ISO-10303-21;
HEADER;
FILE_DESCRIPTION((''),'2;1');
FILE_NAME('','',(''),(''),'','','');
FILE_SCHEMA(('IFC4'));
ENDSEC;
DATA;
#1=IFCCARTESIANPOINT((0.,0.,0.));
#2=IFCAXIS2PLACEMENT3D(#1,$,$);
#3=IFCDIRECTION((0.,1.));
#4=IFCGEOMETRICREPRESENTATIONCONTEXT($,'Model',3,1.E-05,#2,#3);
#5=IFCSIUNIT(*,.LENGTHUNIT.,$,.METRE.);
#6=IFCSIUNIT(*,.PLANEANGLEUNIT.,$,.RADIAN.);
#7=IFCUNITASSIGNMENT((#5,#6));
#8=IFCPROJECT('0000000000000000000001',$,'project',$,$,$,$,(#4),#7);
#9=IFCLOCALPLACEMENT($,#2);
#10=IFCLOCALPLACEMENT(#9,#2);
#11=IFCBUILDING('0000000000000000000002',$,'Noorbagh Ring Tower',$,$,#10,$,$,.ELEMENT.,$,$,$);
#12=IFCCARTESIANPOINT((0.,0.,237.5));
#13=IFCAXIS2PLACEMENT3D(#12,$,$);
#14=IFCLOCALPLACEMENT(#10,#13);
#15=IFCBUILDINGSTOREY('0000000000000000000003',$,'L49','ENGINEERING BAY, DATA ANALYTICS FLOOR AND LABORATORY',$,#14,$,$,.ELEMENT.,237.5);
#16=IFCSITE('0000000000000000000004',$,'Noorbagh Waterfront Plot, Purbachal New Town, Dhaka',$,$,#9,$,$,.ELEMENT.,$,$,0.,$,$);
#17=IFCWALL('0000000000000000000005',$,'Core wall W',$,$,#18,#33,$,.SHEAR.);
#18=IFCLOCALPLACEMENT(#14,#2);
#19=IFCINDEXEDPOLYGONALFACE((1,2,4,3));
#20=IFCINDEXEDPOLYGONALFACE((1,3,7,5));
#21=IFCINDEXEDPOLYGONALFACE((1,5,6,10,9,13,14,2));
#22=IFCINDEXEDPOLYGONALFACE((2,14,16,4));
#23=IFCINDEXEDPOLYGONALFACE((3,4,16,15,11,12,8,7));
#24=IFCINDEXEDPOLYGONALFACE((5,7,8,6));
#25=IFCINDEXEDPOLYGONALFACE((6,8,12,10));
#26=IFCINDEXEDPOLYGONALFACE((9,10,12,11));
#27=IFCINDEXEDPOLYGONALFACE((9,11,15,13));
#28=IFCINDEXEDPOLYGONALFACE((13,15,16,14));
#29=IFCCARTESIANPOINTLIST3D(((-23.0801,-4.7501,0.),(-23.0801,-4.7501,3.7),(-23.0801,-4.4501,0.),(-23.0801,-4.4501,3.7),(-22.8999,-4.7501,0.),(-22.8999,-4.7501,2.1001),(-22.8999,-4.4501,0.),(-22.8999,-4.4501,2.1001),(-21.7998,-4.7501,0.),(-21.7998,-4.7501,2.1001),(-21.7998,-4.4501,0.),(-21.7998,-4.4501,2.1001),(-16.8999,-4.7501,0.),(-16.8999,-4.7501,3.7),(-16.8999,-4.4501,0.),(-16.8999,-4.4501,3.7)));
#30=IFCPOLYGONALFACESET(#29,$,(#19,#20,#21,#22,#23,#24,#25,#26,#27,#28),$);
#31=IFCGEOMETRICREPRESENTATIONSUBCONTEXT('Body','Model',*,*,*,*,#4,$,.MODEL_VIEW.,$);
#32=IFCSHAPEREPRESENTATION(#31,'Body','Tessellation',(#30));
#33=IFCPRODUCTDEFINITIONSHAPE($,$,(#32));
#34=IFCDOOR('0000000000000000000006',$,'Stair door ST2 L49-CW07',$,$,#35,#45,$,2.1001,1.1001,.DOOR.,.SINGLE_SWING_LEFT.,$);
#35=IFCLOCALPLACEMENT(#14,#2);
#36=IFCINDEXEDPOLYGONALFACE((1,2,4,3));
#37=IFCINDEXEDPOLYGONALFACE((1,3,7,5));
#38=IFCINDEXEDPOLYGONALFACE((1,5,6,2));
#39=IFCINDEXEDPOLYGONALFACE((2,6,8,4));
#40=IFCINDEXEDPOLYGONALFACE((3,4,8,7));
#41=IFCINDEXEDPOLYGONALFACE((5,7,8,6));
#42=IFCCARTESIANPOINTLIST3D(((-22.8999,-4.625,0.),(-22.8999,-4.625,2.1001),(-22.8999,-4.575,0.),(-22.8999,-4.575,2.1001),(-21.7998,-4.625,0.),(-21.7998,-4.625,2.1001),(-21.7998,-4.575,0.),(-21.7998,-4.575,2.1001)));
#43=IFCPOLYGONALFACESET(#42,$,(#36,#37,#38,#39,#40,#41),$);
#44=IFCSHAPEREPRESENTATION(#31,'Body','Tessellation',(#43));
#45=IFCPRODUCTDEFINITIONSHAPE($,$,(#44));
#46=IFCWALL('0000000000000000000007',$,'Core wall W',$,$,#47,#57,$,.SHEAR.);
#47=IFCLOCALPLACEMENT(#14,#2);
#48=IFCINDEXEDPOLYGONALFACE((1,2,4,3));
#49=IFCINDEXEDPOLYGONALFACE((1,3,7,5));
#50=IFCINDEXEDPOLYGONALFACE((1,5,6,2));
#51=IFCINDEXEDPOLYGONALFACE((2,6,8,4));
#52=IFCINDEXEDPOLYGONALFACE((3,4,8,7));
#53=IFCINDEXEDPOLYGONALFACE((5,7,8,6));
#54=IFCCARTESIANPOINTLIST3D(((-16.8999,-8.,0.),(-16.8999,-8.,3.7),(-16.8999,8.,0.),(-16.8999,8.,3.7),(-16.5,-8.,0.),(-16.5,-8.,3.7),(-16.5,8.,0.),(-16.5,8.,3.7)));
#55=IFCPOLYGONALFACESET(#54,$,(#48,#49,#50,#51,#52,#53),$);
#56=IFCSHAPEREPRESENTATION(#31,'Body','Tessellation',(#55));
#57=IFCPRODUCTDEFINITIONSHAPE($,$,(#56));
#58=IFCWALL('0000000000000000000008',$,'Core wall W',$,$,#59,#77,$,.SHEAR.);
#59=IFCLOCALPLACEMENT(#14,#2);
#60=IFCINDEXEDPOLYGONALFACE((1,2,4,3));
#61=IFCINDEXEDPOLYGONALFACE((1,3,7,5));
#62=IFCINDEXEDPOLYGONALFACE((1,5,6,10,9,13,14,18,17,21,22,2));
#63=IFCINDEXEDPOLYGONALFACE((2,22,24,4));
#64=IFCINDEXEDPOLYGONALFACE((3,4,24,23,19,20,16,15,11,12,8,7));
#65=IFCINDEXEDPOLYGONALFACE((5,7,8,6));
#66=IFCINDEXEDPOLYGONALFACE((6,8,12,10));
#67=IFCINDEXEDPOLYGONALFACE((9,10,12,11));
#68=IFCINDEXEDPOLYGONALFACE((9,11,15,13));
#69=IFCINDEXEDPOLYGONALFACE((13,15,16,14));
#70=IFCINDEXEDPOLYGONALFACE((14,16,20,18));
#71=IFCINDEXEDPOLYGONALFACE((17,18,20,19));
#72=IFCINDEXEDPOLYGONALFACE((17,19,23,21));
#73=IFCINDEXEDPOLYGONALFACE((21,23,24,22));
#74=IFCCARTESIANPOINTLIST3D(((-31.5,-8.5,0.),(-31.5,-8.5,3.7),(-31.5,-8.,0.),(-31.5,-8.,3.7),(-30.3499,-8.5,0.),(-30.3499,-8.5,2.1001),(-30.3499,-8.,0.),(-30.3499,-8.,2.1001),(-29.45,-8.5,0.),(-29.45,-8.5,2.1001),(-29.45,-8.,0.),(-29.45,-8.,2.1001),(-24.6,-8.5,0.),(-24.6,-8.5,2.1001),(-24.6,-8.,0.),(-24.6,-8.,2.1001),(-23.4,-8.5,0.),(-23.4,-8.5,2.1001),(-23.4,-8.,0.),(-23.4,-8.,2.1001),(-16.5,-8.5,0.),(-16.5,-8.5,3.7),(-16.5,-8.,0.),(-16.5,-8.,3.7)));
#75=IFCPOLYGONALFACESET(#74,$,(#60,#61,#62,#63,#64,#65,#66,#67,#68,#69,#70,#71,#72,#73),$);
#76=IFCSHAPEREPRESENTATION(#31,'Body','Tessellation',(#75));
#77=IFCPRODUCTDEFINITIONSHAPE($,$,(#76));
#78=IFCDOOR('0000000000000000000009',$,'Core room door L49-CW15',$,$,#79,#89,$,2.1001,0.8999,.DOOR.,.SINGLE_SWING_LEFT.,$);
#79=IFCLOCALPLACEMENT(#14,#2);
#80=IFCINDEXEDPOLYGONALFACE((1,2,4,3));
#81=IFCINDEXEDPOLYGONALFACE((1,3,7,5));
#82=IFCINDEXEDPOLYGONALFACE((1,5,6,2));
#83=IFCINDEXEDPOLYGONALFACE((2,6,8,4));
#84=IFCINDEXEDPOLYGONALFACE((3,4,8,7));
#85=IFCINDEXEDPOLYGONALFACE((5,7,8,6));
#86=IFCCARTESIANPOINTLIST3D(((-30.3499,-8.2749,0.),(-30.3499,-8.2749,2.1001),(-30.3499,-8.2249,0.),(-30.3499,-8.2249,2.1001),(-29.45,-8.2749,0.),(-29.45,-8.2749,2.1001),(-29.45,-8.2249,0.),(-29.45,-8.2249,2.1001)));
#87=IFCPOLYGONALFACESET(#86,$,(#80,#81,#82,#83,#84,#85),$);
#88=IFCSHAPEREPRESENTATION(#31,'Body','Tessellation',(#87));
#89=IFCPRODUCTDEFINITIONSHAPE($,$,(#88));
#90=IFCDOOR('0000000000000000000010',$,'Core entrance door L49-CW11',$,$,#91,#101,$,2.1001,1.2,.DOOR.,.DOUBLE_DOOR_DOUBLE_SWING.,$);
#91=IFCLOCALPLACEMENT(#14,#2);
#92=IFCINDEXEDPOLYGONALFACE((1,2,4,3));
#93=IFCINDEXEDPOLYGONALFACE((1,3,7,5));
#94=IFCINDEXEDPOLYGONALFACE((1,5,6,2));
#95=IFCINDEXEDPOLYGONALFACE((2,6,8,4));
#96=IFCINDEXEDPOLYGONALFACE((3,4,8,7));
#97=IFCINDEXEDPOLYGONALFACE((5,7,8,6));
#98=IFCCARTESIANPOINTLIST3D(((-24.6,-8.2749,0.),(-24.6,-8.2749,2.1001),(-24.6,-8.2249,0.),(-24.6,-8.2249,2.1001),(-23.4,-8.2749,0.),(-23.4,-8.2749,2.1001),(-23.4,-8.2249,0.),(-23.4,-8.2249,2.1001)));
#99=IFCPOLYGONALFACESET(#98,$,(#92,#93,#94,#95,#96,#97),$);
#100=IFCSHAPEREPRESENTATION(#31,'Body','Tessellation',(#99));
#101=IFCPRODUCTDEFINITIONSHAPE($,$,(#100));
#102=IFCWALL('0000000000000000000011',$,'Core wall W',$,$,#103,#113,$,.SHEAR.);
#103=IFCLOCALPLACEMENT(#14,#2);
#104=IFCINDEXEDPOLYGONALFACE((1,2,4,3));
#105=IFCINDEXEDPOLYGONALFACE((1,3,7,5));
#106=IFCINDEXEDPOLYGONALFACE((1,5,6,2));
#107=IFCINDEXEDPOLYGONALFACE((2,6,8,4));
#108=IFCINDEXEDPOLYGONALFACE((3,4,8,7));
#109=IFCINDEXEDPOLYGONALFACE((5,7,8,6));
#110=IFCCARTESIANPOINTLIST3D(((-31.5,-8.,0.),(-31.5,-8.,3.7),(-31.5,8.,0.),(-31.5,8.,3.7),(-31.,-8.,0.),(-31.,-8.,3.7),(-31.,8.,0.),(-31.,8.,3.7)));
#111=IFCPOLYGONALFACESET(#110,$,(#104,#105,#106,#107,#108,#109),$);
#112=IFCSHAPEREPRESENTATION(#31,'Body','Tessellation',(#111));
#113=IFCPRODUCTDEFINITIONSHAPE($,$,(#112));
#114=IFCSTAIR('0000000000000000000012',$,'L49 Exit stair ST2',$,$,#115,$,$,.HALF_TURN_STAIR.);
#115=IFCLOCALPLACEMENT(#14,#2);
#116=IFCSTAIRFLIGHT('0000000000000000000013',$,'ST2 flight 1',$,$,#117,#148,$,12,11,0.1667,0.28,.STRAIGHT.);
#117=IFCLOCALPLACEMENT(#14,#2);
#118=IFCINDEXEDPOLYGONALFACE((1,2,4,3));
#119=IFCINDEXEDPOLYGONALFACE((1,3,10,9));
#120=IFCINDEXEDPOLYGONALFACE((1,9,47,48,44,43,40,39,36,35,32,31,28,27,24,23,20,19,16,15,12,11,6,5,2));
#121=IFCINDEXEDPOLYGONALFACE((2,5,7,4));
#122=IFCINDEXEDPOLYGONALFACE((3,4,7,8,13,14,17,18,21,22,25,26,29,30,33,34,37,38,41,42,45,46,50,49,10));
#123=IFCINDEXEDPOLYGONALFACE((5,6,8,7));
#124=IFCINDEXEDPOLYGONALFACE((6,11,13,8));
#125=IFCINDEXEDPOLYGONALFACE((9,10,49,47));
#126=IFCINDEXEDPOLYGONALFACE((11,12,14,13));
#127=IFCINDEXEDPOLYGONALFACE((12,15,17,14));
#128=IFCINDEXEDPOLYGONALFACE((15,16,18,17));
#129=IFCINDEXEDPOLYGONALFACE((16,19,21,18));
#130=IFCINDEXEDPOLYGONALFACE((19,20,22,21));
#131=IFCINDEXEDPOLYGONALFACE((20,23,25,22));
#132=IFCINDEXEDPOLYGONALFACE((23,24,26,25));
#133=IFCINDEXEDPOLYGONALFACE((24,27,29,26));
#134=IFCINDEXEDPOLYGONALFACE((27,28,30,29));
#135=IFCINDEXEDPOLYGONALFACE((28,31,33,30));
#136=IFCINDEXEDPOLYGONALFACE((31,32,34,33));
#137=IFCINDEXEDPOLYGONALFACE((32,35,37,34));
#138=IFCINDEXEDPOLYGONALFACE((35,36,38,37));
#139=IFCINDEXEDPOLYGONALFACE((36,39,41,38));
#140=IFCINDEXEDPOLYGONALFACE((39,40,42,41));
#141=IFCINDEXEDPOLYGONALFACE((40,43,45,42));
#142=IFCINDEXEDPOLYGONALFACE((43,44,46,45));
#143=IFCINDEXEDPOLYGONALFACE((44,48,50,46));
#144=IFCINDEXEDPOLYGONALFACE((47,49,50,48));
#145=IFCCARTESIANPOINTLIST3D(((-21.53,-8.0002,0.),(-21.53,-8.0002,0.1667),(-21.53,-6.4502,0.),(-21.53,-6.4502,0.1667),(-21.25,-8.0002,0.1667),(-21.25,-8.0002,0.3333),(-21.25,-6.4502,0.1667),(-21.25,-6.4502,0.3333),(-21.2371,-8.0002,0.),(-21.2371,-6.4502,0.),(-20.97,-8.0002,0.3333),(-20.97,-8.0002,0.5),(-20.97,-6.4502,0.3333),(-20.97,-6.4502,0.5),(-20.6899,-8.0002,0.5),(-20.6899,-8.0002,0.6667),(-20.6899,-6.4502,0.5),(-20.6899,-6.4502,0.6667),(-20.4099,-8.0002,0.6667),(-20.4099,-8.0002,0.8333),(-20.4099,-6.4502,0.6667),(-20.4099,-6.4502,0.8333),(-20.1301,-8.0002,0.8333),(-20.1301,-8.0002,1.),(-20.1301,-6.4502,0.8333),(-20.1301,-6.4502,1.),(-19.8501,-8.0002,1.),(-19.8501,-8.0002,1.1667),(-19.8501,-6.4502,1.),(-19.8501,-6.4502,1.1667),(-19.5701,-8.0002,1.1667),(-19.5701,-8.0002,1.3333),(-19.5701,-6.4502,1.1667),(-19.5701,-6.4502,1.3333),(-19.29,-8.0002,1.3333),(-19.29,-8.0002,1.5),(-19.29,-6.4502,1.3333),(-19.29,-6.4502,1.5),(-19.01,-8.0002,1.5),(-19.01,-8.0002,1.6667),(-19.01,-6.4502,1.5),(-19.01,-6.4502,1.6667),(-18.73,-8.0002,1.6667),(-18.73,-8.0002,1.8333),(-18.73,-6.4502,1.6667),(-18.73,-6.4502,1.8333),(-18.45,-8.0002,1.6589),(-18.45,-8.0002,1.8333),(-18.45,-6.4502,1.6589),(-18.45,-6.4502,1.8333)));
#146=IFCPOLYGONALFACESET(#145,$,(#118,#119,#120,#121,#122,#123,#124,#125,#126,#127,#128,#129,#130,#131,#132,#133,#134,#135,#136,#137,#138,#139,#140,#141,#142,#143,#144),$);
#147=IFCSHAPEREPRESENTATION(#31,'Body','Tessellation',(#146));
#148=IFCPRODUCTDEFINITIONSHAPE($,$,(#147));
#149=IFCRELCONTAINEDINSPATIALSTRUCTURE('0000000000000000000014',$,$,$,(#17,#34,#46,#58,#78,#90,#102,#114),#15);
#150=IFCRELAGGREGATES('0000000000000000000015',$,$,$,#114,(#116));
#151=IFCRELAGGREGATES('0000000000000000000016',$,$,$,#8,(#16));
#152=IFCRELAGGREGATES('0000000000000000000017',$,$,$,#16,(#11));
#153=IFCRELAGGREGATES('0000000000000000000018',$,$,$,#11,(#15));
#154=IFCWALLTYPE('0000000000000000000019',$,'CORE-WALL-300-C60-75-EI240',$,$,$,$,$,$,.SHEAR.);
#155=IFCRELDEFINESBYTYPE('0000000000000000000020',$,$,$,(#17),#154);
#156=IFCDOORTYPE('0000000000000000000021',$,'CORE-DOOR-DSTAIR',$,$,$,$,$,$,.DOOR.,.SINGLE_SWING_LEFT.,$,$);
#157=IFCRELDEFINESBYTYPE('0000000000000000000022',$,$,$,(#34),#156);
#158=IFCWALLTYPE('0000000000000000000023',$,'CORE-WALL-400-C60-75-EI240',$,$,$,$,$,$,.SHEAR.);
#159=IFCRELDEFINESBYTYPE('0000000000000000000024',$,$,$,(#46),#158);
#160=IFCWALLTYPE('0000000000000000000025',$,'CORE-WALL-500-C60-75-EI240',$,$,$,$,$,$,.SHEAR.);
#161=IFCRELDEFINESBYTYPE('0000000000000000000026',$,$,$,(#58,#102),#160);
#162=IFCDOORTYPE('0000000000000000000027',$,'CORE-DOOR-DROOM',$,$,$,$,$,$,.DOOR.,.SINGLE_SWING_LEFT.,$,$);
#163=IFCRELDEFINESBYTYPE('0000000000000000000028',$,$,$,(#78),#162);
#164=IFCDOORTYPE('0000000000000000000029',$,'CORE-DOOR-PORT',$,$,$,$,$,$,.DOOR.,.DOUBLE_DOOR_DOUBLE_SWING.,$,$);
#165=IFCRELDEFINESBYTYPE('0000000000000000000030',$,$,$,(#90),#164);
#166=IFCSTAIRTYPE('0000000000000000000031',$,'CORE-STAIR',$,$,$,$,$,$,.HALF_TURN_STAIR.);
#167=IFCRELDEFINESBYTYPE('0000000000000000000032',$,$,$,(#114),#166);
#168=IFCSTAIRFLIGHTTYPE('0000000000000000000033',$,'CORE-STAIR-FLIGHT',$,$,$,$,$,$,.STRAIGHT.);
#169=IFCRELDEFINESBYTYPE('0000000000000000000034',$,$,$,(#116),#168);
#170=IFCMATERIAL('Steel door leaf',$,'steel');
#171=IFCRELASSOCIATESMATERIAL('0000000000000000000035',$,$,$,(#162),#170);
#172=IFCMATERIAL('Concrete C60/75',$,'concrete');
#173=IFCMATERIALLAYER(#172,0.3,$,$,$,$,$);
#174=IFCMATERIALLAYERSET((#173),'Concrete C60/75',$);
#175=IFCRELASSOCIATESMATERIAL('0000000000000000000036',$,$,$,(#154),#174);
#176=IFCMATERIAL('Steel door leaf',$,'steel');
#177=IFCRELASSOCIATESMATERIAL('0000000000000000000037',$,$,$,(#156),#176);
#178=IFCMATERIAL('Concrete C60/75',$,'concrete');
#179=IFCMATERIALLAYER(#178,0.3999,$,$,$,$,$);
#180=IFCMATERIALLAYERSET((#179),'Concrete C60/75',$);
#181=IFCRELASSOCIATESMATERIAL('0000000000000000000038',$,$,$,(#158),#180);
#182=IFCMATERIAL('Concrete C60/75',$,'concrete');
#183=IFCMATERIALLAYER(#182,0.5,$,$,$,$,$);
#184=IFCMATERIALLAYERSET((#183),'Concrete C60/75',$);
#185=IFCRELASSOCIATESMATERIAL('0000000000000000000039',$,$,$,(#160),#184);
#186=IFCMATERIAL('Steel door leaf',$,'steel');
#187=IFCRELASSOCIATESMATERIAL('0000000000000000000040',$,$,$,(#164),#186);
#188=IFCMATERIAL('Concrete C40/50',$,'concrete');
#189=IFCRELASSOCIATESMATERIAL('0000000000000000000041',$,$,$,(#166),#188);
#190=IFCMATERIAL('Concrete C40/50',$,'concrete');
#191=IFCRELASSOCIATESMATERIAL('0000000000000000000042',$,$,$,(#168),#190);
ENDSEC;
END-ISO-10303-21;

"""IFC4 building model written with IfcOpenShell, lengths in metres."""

from ifc_helpers import new_model, si_unit, direction, frame, frame_2d, origin, place, context, subcontext, project, spatial, polyline, rectangle, outline, extrude, material, layer, layer_set, type_object, element, fill, aggregate, save


model = new_model("IFC4")

# Units and contexts
model_context = context("Model", 3, precision=1e-05, world=origin(), true_north=direction((0.0, 1.0)))
body_context = subcontext(model_context, "Body", "Model", "MODEL_VIEW")
ifc_project = project(units=[si_unit("LENGTHUNIT", "METRE"), si_unit("PLANEANGLEUNIT", "RADIAN")], contexts=[model_context])

# Site, building, storey
site_placement = place(None, origin())
site = spatial("IfcSite", under=ifc_project, at=site_placement, Name="Noorbagh Waterfront Plot, Purbachal New Town, Dhaka", CompositionType="ELEMENT", RefElevation=0.0)
building_placement = place(site_placement, origin())
building = spatial("IfcBuilding", under=site, at=building_placement, Name="Noorbagh Ring Tower", CompositionType="ELEMENT")
storey_placement = place(building_placement, frame((0.0, 0.0, 237.5)))
storey = spatial("IfcBuildingStorey", under=building, at=storey_placement, Name="L49", Description="ENGINEERING BAY, DATA ANALYTICS FLOOR AND LABORATORY", CompositionType="ELEMENT", Elevation=237.5)

# Shared definitions
ifc_material_1 = material(Name="Steel door leaf", Category="steel")
door_type_1 = type_object("IfcDoorType", Name="CORE-DOOR-DROOM", OperationType="SINGLE_SWING_LEFT", PredefinedType="DOOR", material=ifc_material_1)

# Shared definitions
ifc_material_2 = material(Name="Concrete C60/75", Category="concrete")
ifc_layer_1 = layer(ifc_material_2, 0.3)
ifc_layer_set_1 = layer_set([ifc_layer_1], Name="Concrete C60/75")
wall_type_1 = type_object("IfcWallType", Name="CORE-WALL-300-C60-75-EI240", PredefinedType="SHEAR", material=ifc_layer_set_1)

# Wall, opening, door
wall_1_placement = place(storey_placement, frame((-16.8999, -4.6001, 0.0), z_axis=(0.0, 0.0, 1.0), x_axis=(-1.0, 0.0, 0.0)))
wall_1 = element("IfcWall", 1, at=wall_1_placement, inside=storey, type_object=wall_type_1, Name="Core wall W", PredefinedType="SHEAR", context=body_context, shape_type="SweptSolid", body=[
    extrude(rectangle(XDim=6.1802, YDim=0.3, at=frame_2d((3.0901, 0.0))), origin(), (0.0, 0.0, 1.0), 3.7),
])
opening_1_placement = place(wall_1_placement, frame((4.8999, 0.0, 0.0)))
opening_1 = element("IfcOpeningElement", 2, at=opening_1_placement, cuts=wall_1, PredefinedType="OPENING", context=body_context, shape_type="SweptSolid", body=[
    extrude(rectangle(XDim=1.1001, YDim=2.1001, at=frame_2d((0.55, 1.05))), frame((0.0, 0.1602, 0.0), z_axis=(0.0, -1.0, 0.0), x_axis=(1.0, 0.0, 0.0)), (0.0, 0.0, 1.0), 0.3201),
])
ifc_material_3 = material(Name="Steel door leaf", Category="steel")
door_type_2 = type_object("IfcDoorType", Name="CORE-DOOR-DSTAIR", OperationType="SINGLE_SWING_LEFT", PredefinedType="DOOR", material=ifc_material_3)
door_1_placement = place(opening_1_placement, origin())
door_1 = element("IfcDoor", 3, at=door_1_placement, inside=storey, type_object=door_type_2, Name="Stair door ST2 L49-CW07", OperationType="SINGLE_SWING_LEFT", OverallHeight=2.1001, OverallWidth=1.1001, PredefinedType="DOOR", context=body_context, shape_type="SweptSolid", body=[
    extrude(rectangle(XDim=1.1001, YDim=2.1001, at=frame_2d((0.55, 1.05))), frame((0.0, 0.0249, 0.0), z_axis=(0.0, -1.0, 0.0), x_axis=(1.0, 0.0, 0.0)), (0.0, 0.0, 1.0), 0.05),
])
fill(opening_1, door_1)

# Wall
ifc_material_4 = material(Name="Concrete C60/75", Category="concrete")
ifc_layer_2 = layer(ifc_material_4, 0.3999)
ifc_layer_set_2 = layer_set([ifc_layer_2], Name="Concrete C60/75")
wall_type_2 = type_object("IfcWallType", Name="CORE-WALL-400-C60-75-EI240", PredefinedType="SHEAR", material=ifc_layer_set_2)
wall_2_placement = place(storey_placement, frame((-16.7, -8.0, 0.0), z_axis=(0.0, 0.0, 1.0), x_axis=(0.0, 1.0, 0.0)))
element("IfcWall", 4, at=wall_2_placement, inside=storey, type_object=wall_type_2, Name="Core wall W", PredefinedType="SHEAR", context=body_context, shape_type="SweptSolid", body=[
    extrude(rectangle(XDim=16.0, YDim=0.3999, at=frame_2d((8.0, 0.0))), origin(), (0.0, 0.0, 1.0), 3.7),
])

# Wall, openings, doors
ifc_material_5 = material(Name="Concrete C60/75", Category="concrete")
ifc_layer_3 = layer(ifc_material_5, 0.5)
ifc_layer_set_3 = layer_set([ifc_layer_3], Name="Concrete C60/75")
wall_type_3 = type_object("IfcWallType", Name="CORE-WALL-500-C60-75-EI240", PredefinedType="SHEAR", material=ifc_layer_set_3)
wall_3_placement = place(storey_placement, frame((-16.5, -8.25, 0.0), z_axis=(0.0, 0.0, 1.0), x_axis=(-1.0, 0.0, 0.0)))
wall_3 = element("IfcWall", 5, at=wall_3_placement, inside=storey, type_object=wall_type_3, Name="Core wall W", PredefinedType="SHEAR", context=body_context, shape_type="SweptSolid", body=[
    extrude(rectangle(XDim=15.0, YDim=0.5, at=frame_2d((7.5, 0.0))), origin(), (0.0, 0.0, 1.0), 3.7),
])
opening_2_placement = place(wall_3_placement, frame((6.8999, 0.0, 0.0)))
opening_2 = element("IfcOpeningElement", 6, at=opening_2_placement, cuts=wall_3, PredefinedType="OPENING", context=body_context, shape_type="SweptSolid", body=[
    extrude(rectangle(XDim=1.2, YDim=2.1001, at=frame_2d((0.6001, 1.05))), frame((0.0, 0.26, 0.0), z_axis=(0.0, -1.0, 0.0), x_axis=(1.0, 0.0, 0.0)), (0.0, 0.0, 1.0), 0.52),
])
opening_3_placement = place(wall_3_placement, frame((12.95, 0.0, 0.0)))
opening_3 = element("IfcOpeningElement", 7, at=opening_3_placement, cuts=wall_3, PredefinedType="OPENING", context=body_context, shape_type="SweptSolid", body=[
    extrude(rectangle(XDim=0.8999, YDim=2.1001, at=frame_2d((0.45, 1.05))), frame((0.0, 0.26, 0.0), z_axis=(0.0, -1.0, 0.0), x_axis=(1.0, 0.0, 0.0)), (0.0, 0.0, 1.0), 0.52),
])
door_2_placement = place(opening_3_placement, origin())
door_2 = element("IfcDoor", 8, at=door_2_placement, inside=storey, type_object=door_type_1, Name="Core room door L49-CW15", OperationType="SINGLE_SWING_LEFT", OverallHeight=2.1001, OverallWidth=0.8999, PredefinedType="DOOR", context=body_context, shape_type="SweptSolid", body=[
    extrude(rectangle(XDim=0.8999, YDim=2.1001, at=frame_2d((0.45, 1.05))), frame((0.0, 0.0249, 0.0), z_axis=(0.0, -1.0, 0.0), x_axis=(1.0, 0.0, 0.0)), (0.0, 0.0, 1.0), 0.05),
])
fill(opening_3, door_2)
ifc_material_6 = material(Name="Steel door leaf", Category="steel")
door_type_3 = type_object("IfcDoorType", Name="CORE-DOOR-PORT", OperationType="DOUBLE_DOOR_DOUBLE_SWING", PredefinedType="DOOR", material=ifc_material_6)
door_3_placement = place(opening_2_placement, origin())
door_3 = element("IfcDoor", 9, at=door_3_placement, inside=storey, type_object=door_type_3, Name="Core entrance door L49-CW11", OperationType="DOUBLE_DOOR_DOUBLE_SWING", OverallHeight=2.1001, OverallWidth=1.2, PredefinedType="DOOR", context=body_context, shape_type="SweptSolid", body=[
    extrude(rectangle(XDim=1.2, YDim=2.1001, at=frame_2d((0.6001, 1.05))), frame((0.0, 0.0249, 0.0), z_axis=(0.0, -1.0, 0.0), x_axis=(1.0, 0.0, 0.0)), (0.0, 0.0, 1.0), 0.05),
])
fill(opening_2, door_3)

# Wall
wall_4_placement = place(storey_placement, frame((-31.25, -8.0, 0.0), z_axis=(0.0, 0.0, 1.0), x_axis=(0.0, 1.0, 0.0)))
element("IfcWall", 10, at=wall_4_placement, inside=storey, type_object=wall_type_3, Name="Core wall W", PredefinedType="SHEAR", context=body_context, shape_type="SweptSolid", body=[
    extrude(rectangle(XDim=16.0, YDim=0.5, at=frame_2d((8.0, 0.0))), origin(), (0.0, 0.0, 1.0), 3.7),
])

# Stair, stair flight
ifc_material_7 = material(Name="Concrete C40/50", Category="concrete")
stair_type = type_object("IfcStairType", Name="CORE-STAIR", PredefinedType="HALF_TURN_STAIR", material=ifc_material_7)
stair_placement = place(storey_placement, origin())
stair = element("IfcStair", 11, at=stair_placement, inside=storey, type_object=stair_type, Name="L49 Exit stair ST2", PredefinedType="HALF_TURN_STAIR")
ifc_material_8 = material(Name="Concrete C40/50", Category="concrete")
stair_flight_type = type_object("IfcStairFlightType", Name="CORE-STAIR-FLIGHT", PredefinedType="STRAIGHT", material=ifc_material_8)
stair_flight_1_placement = place(storey_placement, frame((-21.53, -7.2251, 0.0), z_axis=(0.0, 0.0, 1.0), x_axis=(1.0, 0.0, 0.0)))
stair_flight_1 = element("IfcStairFlight", 12, at=stair_flight_1_placement, type_object=stair_flight_type, Name="ST2 flight 1", NumberOfRisers=12, NumberOfTreads=11, PredefinedType="STRAIGHT", RiserHeight=0.1667, TreadLength=0.28, context=body_context, shape_type="SweptSolid", body=[
    extrude(outline(polyline([(0.0, 0.0), (0.0, 0.1667), (0.28, 0.1667), (0.28, 0.3333), (0.5601, 0.3333), (0.5601, 0.5), (0.8401, 0.5), (0.8401, 0.6667), (1.1201, 0.6667), (1.1201, 0.8333), (1.3999, 0.8333), (1.3999, 1.0), (1.6799, 1.0), (1.6799, 1.1667), (1.96, 1.1667), (1.96, 1.3333), (2.24, 1.3333), (2.24, 1.5), (2.52, 1.5), (2.52, 1.6667), (2.8, 1.6667), (2.8, 1.8333), (3.0801, 1.8333), (3.0801, 2.0), (3.0801, 1.6589), (0.293, 0.0), (0.0, 0.0)])), frame((0.0, 0.7749, 0.0), z_axis=(0.0, -1.0, 0.0), x_axis=(1.0, 0.0, 0.0)), (0.0, 0.0, 1.0), 1.55),
])
aggregate(stair, [stair_flight_1])

save(model, "model.ifc")
